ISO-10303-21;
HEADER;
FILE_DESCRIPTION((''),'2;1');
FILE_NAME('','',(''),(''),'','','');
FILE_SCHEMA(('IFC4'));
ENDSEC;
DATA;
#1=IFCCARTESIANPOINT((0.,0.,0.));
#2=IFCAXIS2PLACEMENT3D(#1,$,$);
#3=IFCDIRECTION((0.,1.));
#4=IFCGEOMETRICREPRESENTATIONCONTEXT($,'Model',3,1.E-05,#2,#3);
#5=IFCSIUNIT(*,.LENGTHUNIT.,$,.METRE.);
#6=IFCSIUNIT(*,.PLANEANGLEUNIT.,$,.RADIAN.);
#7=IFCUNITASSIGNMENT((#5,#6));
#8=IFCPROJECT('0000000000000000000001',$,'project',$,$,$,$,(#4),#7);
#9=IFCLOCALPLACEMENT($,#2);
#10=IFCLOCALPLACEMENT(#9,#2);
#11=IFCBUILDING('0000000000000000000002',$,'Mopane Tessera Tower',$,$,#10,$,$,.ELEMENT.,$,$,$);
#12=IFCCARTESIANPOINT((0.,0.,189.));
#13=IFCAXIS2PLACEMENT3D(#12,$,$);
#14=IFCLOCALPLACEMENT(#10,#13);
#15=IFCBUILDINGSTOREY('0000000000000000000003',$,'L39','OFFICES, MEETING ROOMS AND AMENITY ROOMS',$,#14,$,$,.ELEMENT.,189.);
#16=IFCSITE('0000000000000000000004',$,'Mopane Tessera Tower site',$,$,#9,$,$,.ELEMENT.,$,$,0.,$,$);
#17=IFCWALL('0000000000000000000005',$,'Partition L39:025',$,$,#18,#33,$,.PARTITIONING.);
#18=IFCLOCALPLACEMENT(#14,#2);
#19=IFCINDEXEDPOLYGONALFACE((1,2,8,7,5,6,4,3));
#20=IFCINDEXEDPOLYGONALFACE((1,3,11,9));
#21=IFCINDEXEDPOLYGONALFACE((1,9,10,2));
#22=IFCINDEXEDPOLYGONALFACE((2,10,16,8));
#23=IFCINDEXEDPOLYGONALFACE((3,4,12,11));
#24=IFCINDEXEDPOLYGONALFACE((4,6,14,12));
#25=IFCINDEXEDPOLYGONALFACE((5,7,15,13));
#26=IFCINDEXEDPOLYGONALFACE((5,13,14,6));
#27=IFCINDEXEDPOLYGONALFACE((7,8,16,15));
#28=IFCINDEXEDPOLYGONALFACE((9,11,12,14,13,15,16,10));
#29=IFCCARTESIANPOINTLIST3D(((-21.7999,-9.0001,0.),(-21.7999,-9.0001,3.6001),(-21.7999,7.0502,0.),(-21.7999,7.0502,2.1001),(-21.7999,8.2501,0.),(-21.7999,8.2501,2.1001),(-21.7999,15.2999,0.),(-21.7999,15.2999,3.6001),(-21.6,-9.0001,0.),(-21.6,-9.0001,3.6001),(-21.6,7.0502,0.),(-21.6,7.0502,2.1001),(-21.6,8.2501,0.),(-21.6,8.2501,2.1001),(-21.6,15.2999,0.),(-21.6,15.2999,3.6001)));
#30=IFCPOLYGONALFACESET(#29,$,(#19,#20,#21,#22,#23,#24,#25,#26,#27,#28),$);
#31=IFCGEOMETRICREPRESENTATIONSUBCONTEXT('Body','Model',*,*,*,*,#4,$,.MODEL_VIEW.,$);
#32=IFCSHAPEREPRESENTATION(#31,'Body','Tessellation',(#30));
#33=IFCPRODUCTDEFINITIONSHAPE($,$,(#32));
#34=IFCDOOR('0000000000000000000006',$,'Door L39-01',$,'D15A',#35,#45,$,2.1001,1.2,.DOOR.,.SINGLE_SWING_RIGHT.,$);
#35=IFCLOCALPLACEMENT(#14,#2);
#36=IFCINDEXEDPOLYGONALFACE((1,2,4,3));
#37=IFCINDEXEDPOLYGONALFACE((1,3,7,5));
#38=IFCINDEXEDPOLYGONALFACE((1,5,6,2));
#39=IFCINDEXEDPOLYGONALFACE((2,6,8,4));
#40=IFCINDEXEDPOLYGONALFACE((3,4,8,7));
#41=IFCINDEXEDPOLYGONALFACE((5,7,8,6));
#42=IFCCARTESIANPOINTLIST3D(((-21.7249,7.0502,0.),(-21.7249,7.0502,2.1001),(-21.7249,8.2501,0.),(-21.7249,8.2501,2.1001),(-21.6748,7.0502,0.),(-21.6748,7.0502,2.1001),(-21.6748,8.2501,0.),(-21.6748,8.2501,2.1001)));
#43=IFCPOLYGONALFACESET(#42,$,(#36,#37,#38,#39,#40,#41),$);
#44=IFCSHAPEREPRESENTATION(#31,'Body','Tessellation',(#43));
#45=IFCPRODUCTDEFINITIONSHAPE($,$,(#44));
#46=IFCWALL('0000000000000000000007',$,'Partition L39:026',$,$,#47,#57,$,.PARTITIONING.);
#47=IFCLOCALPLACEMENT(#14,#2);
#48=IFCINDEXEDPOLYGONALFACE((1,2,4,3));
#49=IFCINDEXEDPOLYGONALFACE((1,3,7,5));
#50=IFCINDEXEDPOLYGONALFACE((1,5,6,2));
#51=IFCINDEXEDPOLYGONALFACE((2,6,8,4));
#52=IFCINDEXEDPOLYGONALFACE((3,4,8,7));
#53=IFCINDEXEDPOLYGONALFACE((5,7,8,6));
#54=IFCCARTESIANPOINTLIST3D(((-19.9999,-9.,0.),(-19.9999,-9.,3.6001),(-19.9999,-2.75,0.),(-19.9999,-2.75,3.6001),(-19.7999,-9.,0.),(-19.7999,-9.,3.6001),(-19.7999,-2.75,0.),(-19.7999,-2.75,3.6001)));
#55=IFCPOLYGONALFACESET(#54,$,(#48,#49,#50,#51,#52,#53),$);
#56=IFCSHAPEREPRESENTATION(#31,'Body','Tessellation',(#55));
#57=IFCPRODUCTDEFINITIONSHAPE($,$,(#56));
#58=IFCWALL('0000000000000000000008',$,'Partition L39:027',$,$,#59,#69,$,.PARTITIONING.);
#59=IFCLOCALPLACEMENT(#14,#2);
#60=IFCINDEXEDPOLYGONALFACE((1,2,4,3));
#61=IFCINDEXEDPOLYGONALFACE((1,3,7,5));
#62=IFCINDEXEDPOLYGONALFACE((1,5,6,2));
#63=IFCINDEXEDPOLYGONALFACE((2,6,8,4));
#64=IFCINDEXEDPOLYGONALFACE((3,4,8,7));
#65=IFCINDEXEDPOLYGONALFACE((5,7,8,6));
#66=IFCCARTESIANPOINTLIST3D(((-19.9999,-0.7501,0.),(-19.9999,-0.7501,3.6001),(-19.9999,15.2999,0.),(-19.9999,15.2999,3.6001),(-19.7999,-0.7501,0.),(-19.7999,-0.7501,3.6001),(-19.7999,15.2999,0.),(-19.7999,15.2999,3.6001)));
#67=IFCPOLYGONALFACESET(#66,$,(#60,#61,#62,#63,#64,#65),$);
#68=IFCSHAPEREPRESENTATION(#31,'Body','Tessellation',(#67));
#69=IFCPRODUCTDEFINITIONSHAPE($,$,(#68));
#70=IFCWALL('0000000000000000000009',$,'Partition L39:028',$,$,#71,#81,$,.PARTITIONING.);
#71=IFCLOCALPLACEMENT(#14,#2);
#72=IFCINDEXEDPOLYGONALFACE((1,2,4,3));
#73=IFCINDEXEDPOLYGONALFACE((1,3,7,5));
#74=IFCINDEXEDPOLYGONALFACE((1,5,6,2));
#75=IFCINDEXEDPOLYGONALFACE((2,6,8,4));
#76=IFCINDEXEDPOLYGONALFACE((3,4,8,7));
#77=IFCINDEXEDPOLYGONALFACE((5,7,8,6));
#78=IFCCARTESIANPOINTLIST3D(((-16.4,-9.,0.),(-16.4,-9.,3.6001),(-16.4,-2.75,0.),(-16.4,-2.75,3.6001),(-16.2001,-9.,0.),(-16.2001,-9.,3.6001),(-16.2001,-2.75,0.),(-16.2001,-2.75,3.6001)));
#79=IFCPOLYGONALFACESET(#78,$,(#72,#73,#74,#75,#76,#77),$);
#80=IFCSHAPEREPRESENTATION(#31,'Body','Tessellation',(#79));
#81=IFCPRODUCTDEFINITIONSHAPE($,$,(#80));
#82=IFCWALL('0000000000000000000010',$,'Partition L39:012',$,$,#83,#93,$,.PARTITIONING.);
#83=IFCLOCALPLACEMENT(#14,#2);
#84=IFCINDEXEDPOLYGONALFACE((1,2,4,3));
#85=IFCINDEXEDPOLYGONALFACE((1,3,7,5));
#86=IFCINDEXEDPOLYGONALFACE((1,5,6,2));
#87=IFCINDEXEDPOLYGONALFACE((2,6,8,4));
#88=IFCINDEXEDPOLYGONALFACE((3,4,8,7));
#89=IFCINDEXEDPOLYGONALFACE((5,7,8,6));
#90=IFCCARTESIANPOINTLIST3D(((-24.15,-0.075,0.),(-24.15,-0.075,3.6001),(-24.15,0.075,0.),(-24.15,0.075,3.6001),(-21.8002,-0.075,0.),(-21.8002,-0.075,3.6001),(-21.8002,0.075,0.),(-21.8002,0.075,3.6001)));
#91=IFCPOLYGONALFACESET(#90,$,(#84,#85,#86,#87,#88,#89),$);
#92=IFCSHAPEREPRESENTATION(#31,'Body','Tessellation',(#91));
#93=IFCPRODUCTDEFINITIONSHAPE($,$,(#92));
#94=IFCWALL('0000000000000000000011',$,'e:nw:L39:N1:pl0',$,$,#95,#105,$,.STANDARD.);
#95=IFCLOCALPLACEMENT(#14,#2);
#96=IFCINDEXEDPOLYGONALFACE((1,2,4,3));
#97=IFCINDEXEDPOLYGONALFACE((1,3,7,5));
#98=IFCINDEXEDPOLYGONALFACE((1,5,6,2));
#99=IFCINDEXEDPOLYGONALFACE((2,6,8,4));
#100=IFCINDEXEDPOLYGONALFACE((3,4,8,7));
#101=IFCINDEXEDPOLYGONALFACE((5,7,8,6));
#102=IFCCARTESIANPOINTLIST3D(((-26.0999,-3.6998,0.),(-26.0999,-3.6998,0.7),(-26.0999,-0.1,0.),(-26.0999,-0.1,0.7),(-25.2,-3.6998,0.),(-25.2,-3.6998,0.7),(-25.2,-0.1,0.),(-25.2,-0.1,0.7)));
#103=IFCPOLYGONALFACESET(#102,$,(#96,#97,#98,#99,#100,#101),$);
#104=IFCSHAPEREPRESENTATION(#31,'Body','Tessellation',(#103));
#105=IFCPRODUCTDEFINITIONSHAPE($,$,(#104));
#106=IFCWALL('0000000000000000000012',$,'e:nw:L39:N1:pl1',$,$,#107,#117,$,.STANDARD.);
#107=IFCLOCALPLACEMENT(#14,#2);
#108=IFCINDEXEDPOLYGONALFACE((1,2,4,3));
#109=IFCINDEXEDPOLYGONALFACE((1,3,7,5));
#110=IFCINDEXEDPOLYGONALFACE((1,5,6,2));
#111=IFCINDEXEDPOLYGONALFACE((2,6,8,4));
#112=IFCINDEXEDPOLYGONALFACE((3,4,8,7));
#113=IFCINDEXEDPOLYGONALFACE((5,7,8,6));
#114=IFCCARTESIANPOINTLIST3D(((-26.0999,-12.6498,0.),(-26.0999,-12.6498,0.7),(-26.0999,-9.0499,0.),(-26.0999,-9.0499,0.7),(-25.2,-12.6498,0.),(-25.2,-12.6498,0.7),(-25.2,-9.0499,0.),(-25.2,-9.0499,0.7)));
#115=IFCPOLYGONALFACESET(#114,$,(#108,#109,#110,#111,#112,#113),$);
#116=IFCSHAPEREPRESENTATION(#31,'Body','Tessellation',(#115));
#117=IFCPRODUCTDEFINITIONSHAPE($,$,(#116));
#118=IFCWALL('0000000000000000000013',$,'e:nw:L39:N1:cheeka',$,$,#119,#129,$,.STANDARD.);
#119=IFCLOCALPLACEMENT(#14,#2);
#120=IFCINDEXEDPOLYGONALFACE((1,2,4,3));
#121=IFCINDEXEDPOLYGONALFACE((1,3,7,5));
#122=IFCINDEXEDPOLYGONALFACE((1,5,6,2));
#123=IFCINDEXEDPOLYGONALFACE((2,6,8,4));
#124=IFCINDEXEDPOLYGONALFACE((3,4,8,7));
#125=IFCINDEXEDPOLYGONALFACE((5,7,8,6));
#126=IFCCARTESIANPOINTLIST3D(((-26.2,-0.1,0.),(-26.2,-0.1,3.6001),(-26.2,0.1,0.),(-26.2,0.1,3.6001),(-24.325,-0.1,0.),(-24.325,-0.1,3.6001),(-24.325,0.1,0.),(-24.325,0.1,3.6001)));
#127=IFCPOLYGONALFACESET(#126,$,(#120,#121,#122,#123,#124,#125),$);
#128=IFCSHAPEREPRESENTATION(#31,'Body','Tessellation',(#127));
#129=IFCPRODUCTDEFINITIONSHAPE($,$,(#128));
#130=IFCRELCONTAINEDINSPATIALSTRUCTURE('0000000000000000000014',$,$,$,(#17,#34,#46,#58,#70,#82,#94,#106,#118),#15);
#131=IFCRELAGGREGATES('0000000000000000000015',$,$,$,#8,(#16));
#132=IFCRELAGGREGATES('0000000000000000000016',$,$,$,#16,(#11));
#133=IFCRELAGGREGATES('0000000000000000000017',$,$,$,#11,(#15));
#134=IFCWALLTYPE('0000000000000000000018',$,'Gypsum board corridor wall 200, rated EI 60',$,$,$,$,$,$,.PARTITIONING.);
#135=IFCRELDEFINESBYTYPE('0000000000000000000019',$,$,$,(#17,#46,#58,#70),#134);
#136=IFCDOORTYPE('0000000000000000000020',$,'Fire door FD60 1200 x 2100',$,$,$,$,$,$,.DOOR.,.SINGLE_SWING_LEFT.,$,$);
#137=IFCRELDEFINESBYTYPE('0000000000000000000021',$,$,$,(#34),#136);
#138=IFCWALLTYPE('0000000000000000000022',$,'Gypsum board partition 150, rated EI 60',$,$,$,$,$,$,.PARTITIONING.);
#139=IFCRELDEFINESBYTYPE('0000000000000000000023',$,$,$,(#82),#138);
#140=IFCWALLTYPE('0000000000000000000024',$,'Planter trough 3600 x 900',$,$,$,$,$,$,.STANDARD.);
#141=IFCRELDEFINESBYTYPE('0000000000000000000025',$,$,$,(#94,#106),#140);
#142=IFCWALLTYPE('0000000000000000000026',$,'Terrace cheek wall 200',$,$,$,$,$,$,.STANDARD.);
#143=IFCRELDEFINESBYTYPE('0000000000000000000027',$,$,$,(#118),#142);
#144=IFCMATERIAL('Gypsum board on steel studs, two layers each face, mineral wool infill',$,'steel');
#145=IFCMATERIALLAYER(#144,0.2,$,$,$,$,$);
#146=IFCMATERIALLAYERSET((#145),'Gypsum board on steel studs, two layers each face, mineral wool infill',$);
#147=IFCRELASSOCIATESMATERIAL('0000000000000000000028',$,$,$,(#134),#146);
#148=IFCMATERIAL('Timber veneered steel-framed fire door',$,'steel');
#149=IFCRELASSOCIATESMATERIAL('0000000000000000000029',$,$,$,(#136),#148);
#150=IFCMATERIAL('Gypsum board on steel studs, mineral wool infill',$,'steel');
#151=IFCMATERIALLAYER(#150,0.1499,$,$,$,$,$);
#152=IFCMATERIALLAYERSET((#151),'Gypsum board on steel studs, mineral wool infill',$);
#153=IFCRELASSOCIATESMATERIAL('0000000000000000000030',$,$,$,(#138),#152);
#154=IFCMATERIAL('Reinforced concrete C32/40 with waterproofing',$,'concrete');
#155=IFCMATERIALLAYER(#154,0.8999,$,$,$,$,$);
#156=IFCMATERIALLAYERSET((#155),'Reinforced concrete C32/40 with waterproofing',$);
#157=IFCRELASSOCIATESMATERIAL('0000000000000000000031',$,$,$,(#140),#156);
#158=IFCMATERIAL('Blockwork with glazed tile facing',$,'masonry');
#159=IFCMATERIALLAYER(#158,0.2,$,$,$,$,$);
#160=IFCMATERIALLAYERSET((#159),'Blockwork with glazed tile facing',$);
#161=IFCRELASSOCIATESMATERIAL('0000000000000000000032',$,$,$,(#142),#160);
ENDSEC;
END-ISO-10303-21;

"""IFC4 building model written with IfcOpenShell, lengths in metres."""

from ifc_helpers import new_model, si_unit, direction, frame, frame_2d, origin, place, context, subcontext, project, spatial, rectangle, extrude, material, layer, layer_set, type_object, element, fill, save


model = new_model("IFC4")

# Units and contexts
model_context = context("Model", 3, precision=1e-05, world=origin(), true_north=direction((0.0, 1.0)))
body_context = subcontext(model_context, "Body", "Model", "MODEL_VIEW")
ifc_project = project(units=[si_unit("LENGTHUNIT", "METRE"), si_unit("PLANEANGLEUNIT", "RADIAN")], contexts=[model_context])

# Site, building, storey
site_placement = place(None, origin())
site = spatial("IfcSite", under=ifc_project, at=site_placement, Name="Mopane Tessera Tower site", CompositionType="ELEMENT", RefElevation=0.0)
building_placement = place(site_placement, origin())
building = spatial("IfcBuilding", under=site, at=building_placement, Name="Mopane Tessera Tower", CompositionType="ELEMENT")
storey_placement = place(building_placement, frame((0.0, 0.0, 189.0)))
storey = spatial("IfcBuildingStorey", under=building, at=storey_placement, Name="L39", Description="OFFICES, MEETING ROOMS AND AMENITY ROOMS", CompositionType="ELEMENT", Elevation=189.0)

# Shared definitions
ifc_material_1 = material(Name="Gypsum board on steel studs, two layers each face, mineral wool infill", Category="steel")
ifc_layer_1 = layer(ifc_material_1, 0.2)
ifc_layer_set_1 = layer_set([ifc_layer_1], Name="Gypsum board on steel studs, two layers each face, mineral wool infill")
wall_type_1 = type_object("IfcWallType", Name="Gypsum board corridor wall 200, rated EI 60", PredefinedType="PARTITIONING", material=ifc_layer_set_1)

# Wall, opening, door
wall_1_placement = place(storey_placement, frame((-21.7, -9.0, 0.0), z_axis=(0.0, 0.0, 1.0), x_axis=(0.0, 1.0, 0.0)))
wall_1 = element("IfcWall", 1, at=wall_1_placement, inside=storey, type_object=wall_type_1, Name="Partition L39:025", PredefinedType="PARTITIONING", context=body_context, shape_type="SweptSolid", body=[
    extrude(rectangle(XDim=24.3, YDim=0.2, at=frame_2d((12.1499, 0.0))), origin(), (0.0, 0.0, 1.0), 3.6001),
])
opening_placement = place(wall_1_placement, frame((16.05, 0.0, 0.0)))
opening = element("IfcOpeningElement", 2, at=opening_placement, cuts=wall_1, PredefinedType="OPENING", context=body_context, shape_type="SweptSolid", body=[
    extrude(rectangle(XDim=1.2, YDim=2.1001, at=frame_2d((0.6001, 1.05))), frame((0.0, 0.1121, 0.0), z_axis=(0.0, -1.0, 0.0), x_axis=(1.0, 0.0, 0.0)), (0.0, 0.0, 1.0), 0.2239),
])
ifc_material_2 = material(Name="Timber veneered steel-framed fire door", Category="steel")
door_type = type_object("IfcDoorType", Name="Fire door FD60 1200 x 2100", OperationType="SINGLE_SWING_LEFT", PredefinedType="DOOR", material=ifc_material_2)
door_placement = place(opening_placement, origin())
door = element("IfcDoor", 3, at=door_placement, inside=storey, type_object=door_type, Name="Door L39-01", ObjectType="D15A", OperationType="SINGLE_SWING_RIGHT", OverallHeight=2.1001, OverallWidth=1.2, PredefinedType="DOOR", context=body_context, shape_type="SweptSolid", body=[
    extrude(rectangle(XDim=1.2, YDim=2.1001, at=frame_2d((0.6001, 1.05))), frame((0.0, 0.0249, 0.0), z_axis=(0.0, -1.0, 0.0), x_axis=(1.0, 0.0, 0.0)), (0.0, 0.0, 1.0), 0.05),
])
fill(opening, door)

# Walls
wall_2_placement = place(storey_placement, frame((-19.8999, -9.0, 0.0), z_axis=(0.0, 0.0, 1.0), x_axis=(0.0, 1.0, 0.0)))
element("IfcWall", 4, at=wall_2_placement, inside=storey, type_object=wall_type_1, Name="Partition L39:026", PredefinedType="PARTITIONING", context=body_context, shape_type="SweptSolid", body=[
    extrude(rectangle(XDim=6.25, YDim=0.2, at=frame_2d((3.125, 0.0))), origin(), (0.0, 0.0, 1.0), 3.6001),
])
wall_3_placement = place(storey_placement, frame((-19.8999, -0.75, 0.0), z_axis=(0.0, 0.0, 1.0), x_axis=(0.0, 1.0, 0.0)))
element("IfcWall", 5, at=wall_3_placement, inside=storey, type_object=wall_type_1, Name="Partition L39:027", PredefinedType="PARTITIONING", context=body_context, shape_type="SweptSolid", body=[
    extrude(rectangle(XDim=16.05, YDim=0.2, at=frame_2d((8.0249, 0.0))), origin(), (0.0, 0.0, 1.0), 3.6001),
])
wall_4_placement = place(storey_placement, frame((-16.3, -9.0, 0.0), z_axis=(0.0, 0.0, 1.0), x_axis=(0.0, 1.0, 0.0)))
element("IfcWall", 6, at=wall_4_placement, inside=storey, type_object=wall_type_1, Name="Partition L39:028", PredefinedType="PARTITIONING", context=body_context, shape_type="SweptSolid", body=[
    extrude(rectangle(XDim=6.25, YDim=0.2, at=frame_2d((3.125, 0.0))), origin(), (0.0, 0.0, 1.0), 3.6001),
])
ifc_material_3 = material(Name="Gypsum board on steel studs, mineral wool infill", Category="steel")
ifc_layer_2 = layer(ifc_material_3, 0.1499)
ifc_layer_set_2 = layer_set([ifc_layer_2], Name="Gypsum board on steel studs, mineral wool infill")
wall_type_2 = type_object("IfcWallType", Name="Gypsum board partition 150, rated EI 60", PredefinedType="PARTITIONING", material=ifc_layer_set_2)
wall_5_placement = place(storey_placement, frame((-24.1499, 0.0, 0.0), z_axis=(0.0, 0.0, 1.0), x_axis=(1.0, 0.0, 0.0)))
element("IfcWall", 7, at=wall_5_placement, inside=storey, type_object=wall_type_2, Name="Partition L39:012", PredefinedType="PARTITIONING", context=body_context, shape_type="SweptSolid", body=[
    extrude(rectangle(XDim=2.3499, YDim=0.1499, at=frame_2d((1.1748, 0.0))), origin(), (0.0, 0.0, 1.0), 3.6001),
])
ifc_material_4 = material(Name="Reinforced concrete C32/40 with waterproofing", Category="concrete")
ifc_layer_3 = layer(ifc_material_4, 0.8999)
ifc_layer_set_3 = layer_set([ifc_layer_3], Name="Reinforced concrete C32/40 with waterproofing")
wall_type_3 = type_object("IfcWallType", Name="Planter trough 3600 x 900", PredefinedType="STANDARD", material=ifc_layer_set_3)
for number, where, z_axis, x_axis, name in (
    (8, (-25.6499, -0.1001, 0.0), (0.0, 0.0, 1.0), (0.0, -1.0, 0.0), "e:nw:L39:N1:pl0"),
    (9, (-25.6499, -9.05, 0.0), (0.0, 0.0, 1.0), (0.0, -1.0, 0.0), "e:nw:L39:N1:pl1"),
):
    element("IfcWall", number, at=place(storey_placement, frame(where, z_axis=z_axis, x_axis=x_axis)), inside=storey, type_object=wall_type_3, Name=name, PredefinedType="STANDARD", context=body_context, shape_type="SweptSolid", body=[
        extrude(rectangle(XDim=3.5999, YDim=0.8999, at=frame_2d((1.7998, 0.0))), origin(), (0.0, 0.0, 1.0), 0.7),
    ])
ifc_material_5 = material(Name="Blockwork with glazed tile facing", Category="masonry")
ifc_layer_4 = layer(ifc_material_5, 0.2)
ifc_layer_set_4 = layer_set([ifc_layer_4], Name="Blockwork with glazed tile facing")
wall_type_4 = type_object("IfcWallType", Name="Terrace cheek wall 200", PredefinedType="STANDARD", material=ifc_layer_set_4)
wall_6_placement = place(storey_placement, frame((-26.2, 0.0, 0.0), z_axis=(0.0, 0.0, 1.0), x_axis=(1.0, 0.0, 0.0)))
element("IfcWall", 10, at=wall_6_placement, inside=storey, type_object=wall_type_4, Name="e:nw:L39:N1:cheeka", PredefinedType="STANDARD", context=body_context, shape_type="SweptSolid", body=[
    extrude(rectangle(XDim=1.875, YDim=0.2, at=frame_2d((0.9375, 0.0))), origin(), (0.0, 0.0, 1.0), 3.6001),
])

save(model, "model.ifc")
